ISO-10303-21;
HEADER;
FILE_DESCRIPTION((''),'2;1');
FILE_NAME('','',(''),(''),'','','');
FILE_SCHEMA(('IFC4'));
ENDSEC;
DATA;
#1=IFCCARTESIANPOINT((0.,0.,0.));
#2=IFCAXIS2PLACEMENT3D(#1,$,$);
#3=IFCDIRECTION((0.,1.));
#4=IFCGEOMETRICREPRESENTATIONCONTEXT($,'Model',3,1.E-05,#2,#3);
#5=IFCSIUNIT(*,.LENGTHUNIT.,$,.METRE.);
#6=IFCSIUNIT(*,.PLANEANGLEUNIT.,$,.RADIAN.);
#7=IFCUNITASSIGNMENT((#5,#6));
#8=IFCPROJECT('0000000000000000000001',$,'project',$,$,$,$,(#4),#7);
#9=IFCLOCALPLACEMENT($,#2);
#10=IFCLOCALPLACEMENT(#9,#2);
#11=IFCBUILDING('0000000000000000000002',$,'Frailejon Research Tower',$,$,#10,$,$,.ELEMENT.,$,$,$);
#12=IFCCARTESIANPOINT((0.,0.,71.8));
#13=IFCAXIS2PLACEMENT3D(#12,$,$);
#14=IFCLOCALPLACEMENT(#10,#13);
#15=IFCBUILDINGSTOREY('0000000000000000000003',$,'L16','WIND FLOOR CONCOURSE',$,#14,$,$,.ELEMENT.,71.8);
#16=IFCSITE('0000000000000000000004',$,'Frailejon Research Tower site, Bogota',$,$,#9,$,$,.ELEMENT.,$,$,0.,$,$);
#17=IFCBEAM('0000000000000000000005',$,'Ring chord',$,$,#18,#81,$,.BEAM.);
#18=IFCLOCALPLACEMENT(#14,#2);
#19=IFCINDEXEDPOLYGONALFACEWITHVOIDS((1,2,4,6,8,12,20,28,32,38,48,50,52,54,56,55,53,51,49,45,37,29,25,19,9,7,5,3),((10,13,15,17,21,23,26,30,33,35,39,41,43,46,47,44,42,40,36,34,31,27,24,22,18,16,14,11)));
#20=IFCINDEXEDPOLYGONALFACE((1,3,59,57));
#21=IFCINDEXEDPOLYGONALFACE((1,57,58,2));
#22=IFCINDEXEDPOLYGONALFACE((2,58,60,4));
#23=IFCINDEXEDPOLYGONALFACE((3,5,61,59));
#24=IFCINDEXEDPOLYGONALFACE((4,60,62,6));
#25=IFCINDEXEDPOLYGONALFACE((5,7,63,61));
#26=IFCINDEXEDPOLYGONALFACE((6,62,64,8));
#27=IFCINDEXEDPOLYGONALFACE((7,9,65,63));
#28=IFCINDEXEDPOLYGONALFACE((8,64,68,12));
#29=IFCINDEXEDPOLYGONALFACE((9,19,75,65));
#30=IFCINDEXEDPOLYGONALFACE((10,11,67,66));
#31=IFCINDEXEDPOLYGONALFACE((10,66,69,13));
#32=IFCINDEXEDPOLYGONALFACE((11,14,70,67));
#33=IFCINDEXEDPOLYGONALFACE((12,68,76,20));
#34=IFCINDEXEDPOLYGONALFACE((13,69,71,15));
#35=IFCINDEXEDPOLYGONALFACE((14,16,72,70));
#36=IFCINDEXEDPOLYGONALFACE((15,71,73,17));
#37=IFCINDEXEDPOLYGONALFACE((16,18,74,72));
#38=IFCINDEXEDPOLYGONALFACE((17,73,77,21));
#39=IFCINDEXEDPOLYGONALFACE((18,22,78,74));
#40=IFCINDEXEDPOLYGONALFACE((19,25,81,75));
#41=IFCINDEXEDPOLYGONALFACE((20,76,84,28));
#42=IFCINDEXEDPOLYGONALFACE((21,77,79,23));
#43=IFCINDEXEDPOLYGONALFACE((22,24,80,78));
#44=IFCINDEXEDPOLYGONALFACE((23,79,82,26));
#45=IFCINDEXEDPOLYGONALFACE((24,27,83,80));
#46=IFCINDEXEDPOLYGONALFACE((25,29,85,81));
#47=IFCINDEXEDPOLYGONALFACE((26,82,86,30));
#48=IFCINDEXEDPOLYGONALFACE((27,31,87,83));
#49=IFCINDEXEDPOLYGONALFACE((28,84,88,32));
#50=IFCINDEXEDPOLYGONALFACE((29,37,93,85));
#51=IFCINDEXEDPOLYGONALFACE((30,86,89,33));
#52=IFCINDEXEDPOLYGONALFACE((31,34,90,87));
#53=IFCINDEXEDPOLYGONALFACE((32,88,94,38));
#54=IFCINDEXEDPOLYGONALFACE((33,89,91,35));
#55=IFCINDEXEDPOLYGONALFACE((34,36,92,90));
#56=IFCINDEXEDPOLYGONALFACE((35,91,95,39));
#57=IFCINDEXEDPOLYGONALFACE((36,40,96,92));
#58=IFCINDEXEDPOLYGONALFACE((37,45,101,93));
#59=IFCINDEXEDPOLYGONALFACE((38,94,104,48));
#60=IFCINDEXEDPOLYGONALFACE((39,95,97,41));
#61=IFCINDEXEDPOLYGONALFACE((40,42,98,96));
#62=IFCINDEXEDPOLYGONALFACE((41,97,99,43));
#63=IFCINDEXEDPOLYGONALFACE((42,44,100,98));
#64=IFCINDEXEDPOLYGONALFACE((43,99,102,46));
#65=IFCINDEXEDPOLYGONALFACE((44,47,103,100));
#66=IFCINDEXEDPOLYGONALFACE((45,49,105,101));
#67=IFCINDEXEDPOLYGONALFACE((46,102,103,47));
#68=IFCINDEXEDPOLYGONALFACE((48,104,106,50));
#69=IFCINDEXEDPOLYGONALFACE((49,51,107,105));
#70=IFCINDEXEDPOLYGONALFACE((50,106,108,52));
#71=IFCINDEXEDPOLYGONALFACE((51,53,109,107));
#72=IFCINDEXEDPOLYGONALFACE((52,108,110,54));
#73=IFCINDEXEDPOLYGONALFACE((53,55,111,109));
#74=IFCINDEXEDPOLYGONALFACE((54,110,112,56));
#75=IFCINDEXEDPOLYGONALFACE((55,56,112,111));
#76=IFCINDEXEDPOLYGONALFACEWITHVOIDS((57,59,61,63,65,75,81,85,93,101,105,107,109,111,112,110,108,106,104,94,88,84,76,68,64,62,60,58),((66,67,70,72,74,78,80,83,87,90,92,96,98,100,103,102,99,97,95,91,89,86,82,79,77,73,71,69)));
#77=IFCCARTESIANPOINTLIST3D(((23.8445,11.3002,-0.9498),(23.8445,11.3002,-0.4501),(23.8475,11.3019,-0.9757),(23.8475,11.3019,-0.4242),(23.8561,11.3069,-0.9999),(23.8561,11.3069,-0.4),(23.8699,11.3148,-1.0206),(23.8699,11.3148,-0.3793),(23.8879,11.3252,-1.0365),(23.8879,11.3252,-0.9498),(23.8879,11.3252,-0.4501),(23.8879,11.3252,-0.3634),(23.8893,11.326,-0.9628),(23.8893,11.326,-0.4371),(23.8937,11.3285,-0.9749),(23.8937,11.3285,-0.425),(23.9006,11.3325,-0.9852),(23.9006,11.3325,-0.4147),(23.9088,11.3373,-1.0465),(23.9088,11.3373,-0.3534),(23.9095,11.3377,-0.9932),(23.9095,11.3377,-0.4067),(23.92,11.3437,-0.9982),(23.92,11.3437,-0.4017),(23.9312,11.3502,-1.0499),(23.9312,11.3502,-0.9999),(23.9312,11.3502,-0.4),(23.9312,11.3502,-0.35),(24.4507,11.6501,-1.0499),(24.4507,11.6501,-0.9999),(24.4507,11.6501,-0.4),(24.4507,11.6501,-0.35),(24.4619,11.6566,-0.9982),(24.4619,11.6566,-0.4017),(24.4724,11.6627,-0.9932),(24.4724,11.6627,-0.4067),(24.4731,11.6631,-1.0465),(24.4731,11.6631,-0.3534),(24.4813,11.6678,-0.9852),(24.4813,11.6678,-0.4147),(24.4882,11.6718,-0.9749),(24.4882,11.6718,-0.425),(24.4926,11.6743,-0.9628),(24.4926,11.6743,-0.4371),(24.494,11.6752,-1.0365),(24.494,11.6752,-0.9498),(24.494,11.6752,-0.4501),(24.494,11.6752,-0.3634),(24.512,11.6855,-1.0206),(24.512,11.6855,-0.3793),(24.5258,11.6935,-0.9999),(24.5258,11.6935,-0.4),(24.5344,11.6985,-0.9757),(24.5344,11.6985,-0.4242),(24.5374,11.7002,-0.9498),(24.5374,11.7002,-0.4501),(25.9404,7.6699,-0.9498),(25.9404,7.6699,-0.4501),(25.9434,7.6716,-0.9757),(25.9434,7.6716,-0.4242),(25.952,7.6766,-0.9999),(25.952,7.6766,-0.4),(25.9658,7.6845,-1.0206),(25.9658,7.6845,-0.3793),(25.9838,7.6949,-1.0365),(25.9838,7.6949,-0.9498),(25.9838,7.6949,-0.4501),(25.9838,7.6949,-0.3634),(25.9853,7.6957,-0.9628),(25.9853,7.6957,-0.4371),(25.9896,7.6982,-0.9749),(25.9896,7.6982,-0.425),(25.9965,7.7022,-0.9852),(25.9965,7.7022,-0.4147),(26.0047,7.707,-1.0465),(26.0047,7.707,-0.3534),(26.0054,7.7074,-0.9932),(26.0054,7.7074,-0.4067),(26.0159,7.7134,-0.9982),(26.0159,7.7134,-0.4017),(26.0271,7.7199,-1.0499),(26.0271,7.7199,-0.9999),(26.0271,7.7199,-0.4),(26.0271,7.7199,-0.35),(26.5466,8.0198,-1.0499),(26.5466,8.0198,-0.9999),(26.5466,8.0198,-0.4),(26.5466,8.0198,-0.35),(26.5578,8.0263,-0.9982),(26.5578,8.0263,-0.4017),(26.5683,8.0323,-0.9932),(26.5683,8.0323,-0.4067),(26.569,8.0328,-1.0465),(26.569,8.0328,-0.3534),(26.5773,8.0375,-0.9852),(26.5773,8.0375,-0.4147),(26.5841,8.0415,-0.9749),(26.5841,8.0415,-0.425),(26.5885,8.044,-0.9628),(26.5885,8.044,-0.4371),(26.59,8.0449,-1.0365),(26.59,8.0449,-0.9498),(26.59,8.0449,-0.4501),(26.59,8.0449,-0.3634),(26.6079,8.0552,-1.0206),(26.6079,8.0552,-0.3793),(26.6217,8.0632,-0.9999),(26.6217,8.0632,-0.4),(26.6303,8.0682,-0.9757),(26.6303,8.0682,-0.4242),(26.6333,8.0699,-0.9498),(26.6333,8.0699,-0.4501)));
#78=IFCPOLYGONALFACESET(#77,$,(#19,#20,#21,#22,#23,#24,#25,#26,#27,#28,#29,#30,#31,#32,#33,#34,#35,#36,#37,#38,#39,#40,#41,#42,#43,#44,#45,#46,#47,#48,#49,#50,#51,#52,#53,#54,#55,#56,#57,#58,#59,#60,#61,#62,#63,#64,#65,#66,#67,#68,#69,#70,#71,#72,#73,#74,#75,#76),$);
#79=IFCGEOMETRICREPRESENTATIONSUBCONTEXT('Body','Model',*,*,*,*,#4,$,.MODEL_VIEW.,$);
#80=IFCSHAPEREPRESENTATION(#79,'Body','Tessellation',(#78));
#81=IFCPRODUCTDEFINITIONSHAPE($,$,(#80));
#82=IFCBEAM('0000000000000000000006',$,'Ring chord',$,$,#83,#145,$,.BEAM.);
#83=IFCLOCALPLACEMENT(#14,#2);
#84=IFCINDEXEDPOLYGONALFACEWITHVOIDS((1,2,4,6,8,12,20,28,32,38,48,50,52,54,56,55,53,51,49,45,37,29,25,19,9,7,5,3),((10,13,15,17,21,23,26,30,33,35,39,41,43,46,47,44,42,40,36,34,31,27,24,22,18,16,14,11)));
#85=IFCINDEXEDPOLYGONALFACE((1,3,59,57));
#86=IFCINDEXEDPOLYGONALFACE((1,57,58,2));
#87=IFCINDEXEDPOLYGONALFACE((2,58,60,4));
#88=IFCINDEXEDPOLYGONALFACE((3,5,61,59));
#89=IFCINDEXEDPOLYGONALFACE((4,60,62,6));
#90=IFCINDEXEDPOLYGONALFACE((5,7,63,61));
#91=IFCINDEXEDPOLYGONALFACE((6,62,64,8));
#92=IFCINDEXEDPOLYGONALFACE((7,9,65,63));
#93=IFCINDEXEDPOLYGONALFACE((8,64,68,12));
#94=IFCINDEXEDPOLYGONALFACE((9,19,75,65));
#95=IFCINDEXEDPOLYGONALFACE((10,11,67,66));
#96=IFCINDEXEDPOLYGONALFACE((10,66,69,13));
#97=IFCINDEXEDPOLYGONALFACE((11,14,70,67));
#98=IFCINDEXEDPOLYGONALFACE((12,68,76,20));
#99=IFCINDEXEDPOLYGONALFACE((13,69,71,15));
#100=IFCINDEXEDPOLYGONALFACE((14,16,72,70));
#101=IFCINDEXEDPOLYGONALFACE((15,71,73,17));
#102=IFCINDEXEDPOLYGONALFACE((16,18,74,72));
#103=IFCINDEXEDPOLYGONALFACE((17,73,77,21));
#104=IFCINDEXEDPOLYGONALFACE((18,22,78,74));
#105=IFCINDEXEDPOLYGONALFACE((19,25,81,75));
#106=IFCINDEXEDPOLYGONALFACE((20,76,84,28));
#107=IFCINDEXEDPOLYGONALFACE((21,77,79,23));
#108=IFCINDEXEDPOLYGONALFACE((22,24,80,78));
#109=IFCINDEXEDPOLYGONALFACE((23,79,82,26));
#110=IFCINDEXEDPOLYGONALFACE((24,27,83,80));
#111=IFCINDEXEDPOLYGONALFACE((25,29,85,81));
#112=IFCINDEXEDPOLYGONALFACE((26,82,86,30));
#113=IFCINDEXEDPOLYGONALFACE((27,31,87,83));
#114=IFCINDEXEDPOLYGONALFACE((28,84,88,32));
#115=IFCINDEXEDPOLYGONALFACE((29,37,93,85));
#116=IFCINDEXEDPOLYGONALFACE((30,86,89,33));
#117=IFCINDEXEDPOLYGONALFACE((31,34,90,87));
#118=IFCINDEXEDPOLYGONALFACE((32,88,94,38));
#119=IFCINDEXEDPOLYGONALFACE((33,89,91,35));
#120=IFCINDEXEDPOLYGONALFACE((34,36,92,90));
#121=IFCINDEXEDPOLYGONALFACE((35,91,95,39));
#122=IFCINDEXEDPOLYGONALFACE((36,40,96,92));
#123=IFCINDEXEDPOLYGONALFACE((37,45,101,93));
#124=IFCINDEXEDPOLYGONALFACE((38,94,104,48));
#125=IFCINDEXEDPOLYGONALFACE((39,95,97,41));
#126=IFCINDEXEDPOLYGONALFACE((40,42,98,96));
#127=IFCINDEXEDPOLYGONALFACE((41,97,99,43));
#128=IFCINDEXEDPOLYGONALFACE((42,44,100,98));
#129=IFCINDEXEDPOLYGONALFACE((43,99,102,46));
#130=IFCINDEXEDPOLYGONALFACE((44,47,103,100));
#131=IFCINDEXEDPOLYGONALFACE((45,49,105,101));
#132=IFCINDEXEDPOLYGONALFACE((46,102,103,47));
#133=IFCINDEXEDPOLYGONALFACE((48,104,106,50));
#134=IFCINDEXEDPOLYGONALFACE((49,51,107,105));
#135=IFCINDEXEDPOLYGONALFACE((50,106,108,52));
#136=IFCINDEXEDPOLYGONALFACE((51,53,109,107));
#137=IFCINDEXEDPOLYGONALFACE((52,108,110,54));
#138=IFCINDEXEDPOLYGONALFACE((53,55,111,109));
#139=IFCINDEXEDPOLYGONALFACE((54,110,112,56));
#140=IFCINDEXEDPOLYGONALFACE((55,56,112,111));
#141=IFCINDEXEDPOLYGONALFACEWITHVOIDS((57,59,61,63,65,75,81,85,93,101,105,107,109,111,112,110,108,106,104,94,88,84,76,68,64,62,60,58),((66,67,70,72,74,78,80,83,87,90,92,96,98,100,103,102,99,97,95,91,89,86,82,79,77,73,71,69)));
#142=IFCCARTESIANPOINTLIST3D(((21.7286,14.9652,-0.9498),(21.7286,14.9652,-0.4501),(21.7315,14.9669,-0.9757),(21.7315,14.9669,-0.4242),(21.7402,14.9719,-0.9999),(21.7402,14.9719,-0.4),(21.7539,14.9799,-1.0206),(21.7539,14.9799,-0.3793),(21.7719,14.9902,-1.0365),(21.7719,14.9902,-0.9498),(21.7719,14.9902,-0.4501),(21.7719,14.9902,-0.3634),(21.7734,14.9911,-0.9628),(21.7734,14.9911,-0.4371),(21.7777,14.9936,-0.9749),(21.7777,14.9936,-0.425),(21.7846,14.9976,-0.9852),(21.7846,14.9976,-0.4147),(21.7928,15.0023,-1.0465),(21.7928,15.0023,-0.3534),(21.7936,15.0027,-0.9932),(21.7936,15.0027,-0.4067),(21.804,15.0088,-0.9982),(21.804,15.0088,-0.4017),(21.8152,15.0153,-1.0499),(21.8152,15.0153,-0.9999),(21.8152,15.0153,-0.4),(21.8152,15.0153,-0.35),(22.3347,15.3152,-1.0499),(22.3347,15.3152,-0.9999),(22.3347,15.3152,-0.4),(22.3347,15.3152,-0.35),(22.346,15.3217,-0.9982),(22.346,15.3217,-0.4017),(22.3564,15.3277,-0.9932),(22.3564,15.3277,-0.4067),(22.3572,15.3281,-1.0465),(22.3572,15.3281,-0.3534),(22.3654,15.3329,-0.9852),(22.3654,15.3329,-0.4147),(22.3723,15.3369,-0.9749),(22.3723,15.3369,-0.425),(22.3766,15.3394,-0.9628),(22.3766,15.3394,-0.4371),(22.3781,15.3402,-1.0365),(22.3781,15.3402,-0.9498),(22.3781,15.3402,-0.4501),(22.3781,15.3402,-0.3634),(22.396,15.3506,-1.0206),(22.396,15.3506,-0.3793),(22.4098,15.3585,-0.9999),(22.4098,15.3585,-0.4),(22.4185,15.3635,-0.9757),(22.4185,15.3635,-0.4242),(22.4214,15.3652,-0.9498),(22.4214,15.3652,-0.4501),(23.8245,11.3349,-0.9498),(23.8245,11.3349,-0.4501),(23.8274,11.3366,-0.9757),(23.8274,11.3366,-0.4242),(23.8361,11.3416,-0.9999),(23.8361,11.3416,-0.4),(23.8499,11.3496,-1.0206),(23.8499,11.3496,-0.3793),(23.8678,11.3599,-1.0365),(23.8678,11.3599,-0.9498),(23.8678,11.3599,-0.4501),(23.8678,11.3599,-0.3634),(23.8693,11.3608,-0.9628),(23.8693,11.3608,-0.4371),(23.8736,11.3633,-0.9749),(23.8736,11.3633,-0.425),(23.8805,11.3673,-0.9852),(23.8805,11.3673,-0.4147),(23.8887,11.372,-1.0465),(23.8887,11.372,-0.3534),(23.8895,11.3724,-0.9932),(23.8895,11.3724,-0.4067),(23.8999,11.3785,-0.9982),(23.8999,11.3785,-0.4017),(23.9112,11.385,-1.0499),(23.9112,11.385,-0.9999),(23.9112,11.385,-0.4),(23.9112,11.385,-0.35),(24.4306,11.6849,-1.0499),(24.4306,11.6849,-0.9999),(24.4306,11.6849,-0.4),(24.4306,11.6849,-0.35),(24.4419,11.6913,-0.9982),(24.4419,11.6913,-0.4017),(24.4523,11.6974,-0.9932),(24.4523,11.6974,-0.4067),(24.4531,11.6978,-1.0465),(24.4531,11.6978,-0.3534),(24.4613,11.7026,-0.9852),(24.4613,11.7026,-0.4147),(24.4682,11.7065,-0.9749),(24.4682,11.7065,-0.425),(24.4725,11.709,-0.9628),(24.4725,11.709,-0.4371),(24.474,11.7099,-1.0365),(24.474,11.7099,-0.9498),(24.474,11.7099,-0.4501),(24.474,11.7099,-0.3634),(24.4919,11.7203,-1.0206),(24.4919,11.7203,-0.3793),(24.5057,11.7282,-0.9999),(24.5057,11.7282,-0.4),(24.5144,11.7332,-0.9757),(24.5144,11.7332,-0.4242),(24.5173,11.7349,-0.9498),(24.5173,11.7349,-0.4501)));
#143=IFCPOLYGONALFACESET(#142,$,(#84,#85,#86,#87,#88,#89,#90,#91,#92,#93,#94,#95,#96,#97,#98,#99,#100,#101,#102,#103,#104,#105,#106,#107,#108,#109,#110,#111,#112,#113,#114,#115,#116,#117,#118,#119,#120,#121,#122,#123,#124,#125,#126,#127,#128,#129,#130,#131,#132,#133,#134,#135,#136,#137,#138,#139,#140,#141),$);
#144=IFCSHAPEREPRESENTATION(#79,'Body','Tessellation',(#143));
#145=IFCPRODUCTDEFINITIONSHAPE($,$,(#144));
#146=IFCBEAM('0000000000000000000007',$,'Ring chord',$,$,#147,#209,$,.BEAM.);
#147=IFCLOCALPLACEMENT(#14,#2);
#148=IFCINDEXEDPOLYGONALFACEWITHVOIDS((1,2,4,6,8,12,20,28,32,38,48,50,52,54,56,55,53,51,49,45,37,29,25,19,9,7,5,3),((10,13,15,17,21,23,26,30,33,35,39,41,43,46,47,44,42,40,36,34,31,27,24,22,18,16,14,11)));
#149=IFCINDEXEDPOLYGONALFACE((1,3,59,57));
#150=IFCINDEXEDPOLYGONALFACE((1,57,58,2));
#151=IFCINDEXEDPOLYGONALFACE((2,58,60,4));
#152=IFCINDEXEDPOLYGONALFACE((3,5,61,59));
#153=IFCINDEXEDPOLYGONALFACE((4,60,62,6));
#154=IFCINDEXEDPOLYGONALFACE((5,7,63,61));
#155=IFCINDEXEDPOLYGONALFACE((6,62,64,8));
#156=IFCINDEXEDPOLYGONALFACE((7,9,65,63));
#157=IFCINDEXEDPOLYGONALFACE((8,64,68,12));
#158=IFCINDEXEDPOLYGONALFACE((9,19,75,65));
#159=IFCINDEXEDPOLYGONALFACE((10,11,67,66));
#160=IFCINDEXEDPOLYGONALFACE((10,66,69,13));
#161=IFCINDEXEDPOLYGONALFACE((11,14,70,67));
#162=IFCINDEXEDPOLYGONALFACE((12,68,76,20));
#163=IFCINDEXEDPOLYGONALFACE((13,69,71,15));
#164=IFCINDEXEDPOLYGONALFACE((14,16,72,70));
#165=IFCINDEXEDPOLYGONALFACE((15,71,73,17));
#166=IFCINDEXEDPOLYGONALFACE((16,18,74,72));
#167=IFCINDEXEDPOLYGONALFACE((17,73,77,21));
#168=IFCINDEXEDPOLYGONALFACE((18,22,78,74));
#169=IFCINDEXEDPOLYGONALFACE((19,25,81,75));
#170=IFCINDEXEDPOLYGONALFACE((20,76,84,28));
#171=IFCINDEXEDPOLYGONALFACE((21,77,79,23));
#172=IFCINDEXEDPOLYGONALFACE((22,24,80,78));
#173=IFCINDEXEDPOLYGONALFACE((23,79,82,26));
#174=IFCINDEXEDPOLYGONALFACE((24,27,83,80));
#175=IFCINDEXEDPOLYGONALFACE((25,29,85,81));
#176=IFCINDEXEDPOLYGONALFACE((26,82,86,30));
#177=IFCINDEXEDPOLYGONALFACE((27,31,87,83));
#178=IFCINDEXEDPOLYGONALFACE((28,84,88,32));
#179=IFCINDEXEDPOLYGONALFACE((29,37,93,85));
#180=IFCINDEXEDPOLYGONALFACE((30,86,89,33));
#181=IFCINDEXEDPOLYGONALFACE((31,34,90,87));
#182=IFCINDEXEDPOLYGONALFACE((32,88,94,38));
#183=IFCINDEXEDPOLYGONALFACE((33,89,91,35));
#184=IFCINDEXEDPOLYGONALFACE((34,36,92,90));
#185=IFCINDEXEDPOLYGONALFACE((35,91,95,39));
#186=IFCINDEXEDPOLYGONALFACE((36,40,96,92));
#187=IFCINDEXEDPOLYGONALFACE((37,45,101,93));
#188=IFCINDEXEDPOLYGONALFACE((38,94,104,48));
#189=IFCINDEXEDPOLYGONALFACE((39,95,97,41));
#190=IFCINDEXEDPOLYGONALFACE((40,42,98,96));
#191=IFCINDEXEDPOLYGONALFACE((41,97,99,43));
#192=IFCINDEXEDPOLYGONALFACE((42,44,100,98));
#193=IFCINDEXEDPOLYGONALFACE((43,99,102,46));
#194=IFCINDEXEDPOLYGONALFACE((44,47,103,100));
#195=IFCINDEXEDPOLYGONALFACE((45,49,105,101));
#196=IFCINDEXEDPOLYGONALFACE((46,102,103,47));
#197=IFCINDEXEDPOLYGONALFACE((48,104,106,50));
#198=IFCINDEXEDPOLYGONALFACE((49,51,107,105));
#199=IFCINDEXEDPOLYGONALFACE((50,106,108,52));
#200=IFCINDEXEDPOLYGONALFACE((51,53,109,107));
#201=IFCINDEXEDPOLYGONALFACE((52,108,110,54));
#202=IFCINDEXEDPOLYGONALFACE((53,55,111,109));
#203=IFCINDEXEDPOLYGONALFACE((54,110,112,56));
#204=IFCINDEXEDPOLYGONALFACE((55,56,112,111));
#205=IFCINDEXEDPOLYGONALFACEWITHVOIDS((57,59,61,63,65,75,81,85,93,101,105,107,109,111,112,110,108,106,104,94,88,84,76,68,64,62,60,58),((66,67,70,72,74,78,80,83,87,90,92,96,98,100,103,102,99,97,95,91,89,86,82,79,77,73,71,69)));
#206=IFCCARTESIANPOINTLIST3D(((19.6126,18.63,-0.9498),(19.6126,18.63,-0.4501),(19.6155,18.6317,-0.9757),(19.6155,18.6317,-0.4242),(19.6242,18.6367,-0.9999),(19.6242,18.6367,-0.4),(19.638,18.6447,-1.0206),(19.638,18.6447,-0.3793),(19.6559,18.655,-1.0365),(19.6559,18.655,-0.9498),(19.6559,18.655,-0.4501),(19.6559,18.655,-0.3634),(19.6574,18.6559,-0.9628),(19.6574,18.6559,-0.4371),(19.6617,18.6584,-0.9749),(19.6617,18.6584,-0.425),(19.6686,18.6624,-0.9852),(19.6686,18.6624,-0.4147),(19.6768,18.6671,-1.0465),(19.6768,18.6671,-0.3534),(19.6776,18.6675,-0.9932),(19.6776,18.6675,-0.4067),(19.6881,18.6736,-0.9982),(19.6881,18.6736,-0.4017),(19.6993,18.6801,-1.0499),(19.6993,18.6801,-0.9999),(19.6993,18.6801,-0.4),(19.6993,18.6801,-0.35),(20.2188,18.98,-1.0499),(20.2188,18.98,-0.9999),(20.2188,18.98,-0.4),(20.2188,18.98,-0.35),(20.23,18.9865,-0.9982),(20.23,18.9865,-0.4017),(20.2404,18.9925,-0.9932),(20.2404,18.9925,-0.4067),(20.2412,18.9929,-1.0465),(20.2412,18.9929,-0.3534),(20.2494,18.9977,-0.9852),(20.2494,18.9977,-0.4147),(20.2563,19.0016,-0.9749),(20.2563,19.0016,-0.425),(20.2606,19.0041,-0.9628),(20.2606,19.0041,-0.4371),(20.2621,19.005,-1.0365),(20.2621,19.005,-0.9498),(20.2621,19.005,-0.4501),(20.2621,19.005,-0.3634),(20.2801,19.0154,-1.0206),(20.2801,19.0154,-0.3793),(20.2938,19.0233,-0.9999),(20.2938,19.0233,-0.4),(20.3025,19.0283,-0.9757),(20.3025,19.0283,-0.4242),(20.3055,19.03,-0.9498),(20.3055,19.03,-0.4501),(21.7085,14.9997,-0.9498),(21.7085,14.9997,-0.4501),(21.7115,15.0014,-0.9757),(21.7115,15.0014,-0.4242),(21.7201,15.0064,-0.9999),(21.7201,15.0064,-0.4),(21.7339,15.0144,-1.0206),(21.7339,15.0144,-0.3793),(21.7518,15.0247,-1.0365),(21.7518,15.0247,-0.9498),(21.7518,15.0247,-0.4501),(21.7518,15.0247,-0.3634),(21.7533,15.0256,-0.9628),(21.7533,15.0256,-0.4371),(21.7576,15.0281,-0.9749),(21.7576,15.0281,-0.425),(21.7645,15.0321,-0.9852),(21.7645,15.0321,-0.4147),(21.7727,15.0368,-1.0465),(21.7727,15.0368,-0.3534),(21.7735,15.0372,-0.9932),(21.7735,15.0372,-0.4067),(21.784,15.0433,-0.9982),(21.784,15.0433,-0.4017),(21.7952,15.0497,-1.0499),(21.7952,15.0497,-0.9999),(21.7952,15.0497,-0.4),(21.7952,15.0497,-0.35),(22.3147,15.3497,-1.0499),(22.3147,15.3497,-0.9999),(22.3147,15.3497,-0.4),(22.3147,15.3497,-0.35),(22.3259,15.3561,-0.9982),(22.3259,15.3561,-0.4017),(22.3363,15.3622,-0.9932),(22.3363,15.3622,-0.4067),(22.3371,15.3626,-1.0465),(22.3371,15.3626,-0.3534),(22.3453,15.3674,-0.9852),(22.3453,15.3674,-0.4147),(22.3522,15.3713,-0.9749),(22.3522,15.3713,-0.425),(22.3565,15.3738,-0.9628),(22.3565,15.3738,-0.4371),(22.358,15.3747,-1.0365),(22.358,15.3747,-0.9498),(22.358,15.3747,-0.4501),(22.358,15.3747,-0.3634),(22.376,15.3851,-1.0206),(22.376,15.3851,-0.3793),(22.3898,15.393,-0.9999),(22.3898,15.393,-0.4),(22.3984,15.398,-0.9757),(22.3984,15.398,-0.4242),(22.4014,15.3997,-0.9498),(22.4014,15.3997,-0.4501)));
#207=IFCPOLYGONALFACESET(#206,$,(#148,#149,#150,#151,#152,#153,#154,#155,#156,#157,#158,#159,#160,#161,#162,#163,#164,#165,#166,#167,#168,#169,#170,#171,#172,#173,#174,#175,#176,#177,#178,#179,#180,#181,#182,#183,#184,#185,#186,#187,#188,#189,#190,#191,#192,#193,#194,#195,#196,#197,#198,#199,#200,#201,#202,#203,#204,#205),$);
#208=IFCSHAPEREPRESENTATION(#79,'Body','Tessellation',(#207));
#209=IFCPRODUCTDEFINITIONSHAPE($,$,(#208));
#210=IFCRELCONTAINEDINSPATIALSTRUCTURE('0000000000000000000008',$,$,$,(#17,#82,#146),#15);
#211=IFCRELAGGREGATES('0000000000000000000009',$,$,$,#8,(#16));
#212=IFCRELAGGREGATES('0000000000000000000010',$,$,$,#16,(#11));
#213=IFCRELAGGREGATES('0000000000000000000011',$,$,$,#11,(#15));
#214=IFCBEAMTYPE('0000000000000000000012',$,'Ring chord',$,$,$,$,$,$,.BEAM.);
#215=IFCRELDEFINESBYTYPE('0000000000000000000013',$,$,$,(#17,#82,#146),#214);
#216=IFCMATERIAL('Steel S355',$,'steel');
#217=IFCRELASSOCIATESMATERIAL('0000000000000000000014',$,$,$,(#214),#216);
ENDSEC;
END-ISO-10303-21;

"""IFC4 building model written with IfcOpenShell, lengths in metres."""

from ifc_helpers import new_model, si_unit, direction, frame, origin, origin_2d, place, context, subcontext, project, spatial, hollow_rectangle, extrude, material, material_profile, profile_set, type_object, element, save


model = new_model("IFC4")

# Units and contexts
model_context = context("Model", 3, precision=1e-05, world=origin(), true_north=direction((0.0, 1.0)))
body_context = subcontext(model_context, "Body", "Model", "MODEL_VIEW")
ifc_project = project(units=[si_unit("LENGTHUNIT", "METRE"), si_unit("PLANEANGLEUNIT", "RADIAN")], contexts=[model_context])

# Site, building, storey
site_placement = place(None, origin())
site = spatial("IfcSite", under=ifc_project, at=site_placement, Name="Frailejon Research Tower site, Bogota", CompositionType="ELEMENT", RefElevation=0.0)
building_placement = place(site_placement, origin())
building = spatial("IfcBuilding", under=site, at=building_placement, Name="Frailejon Research Tower", CompositionType="ELEMENT")
storey_placement = place(building_placement, frame((0.0, 0.0, 71.8)))
storey = spatial("IfcBuildingStorey", under=building, at=storey_placement, Name="L16", Description="WIND FLOOR CONCOURSE", CompositionType="ELEMENT", Elevation=71.8)

# Beams
ifc_material_1 = material(Name="Steel S355", Category="steel")
ifc_material_profile_1 = material_profile(ifc_material_1, hollow_rectangle(XDim=0.8, YDim=0.7, WallThickness=0.05, InnerFilletRadius=0.05, OuterFilletRadius=0.1001, at=origin_2d()), Name="Ring chord")
ifc_profile_set_1 = profile_set([ifc_material_profile_1], Name="Steel S355")
beam_type_1 = type_object("IfcBeamType", Name="Ring chord", PredefinedType="BEAM", material=ifc_profile_set_1)
for number, where, z_axis, x_axis, name in (
    (1, (26.2869, 7.8699, -0.7), (-0.499991, 0.86603, 0.0), (-0.86603, -0.499991, 0.0), "Ring chord"),
    (2, (24.1709, 11.5349, -0.7), (-0.499991, 0.86603, 0.0), (-0.86603, -0.499991, 0.0), "Ring chord"),
    (3, (22.0549, 15.1997, -0.7), (-0.499991, 0.86603, 0.0), (-0.86603, -0.499991, 0.0), "Ring chord"),
):
    element("IfcBeam", number, at=place(storey_placement, frame(where, z_axis=z_axis, x_axis=x_axis)), inside=storey, type_object=beam_type_1, Name=name, PredefinedType="BEAM", context=body_context, shape_type="SweptSolid", body=[
        extrude(hollow_rectangle(XDim=0.8, YDim=0.7, WallThickness=0.05, InnerFilletRadius=0.05, OuterFilletRadius=0.1001, at=origin_2d()), origin(), (0.0, 0.0, 1.0), 4.1919),
    ])

save(model, "model.ifc")
